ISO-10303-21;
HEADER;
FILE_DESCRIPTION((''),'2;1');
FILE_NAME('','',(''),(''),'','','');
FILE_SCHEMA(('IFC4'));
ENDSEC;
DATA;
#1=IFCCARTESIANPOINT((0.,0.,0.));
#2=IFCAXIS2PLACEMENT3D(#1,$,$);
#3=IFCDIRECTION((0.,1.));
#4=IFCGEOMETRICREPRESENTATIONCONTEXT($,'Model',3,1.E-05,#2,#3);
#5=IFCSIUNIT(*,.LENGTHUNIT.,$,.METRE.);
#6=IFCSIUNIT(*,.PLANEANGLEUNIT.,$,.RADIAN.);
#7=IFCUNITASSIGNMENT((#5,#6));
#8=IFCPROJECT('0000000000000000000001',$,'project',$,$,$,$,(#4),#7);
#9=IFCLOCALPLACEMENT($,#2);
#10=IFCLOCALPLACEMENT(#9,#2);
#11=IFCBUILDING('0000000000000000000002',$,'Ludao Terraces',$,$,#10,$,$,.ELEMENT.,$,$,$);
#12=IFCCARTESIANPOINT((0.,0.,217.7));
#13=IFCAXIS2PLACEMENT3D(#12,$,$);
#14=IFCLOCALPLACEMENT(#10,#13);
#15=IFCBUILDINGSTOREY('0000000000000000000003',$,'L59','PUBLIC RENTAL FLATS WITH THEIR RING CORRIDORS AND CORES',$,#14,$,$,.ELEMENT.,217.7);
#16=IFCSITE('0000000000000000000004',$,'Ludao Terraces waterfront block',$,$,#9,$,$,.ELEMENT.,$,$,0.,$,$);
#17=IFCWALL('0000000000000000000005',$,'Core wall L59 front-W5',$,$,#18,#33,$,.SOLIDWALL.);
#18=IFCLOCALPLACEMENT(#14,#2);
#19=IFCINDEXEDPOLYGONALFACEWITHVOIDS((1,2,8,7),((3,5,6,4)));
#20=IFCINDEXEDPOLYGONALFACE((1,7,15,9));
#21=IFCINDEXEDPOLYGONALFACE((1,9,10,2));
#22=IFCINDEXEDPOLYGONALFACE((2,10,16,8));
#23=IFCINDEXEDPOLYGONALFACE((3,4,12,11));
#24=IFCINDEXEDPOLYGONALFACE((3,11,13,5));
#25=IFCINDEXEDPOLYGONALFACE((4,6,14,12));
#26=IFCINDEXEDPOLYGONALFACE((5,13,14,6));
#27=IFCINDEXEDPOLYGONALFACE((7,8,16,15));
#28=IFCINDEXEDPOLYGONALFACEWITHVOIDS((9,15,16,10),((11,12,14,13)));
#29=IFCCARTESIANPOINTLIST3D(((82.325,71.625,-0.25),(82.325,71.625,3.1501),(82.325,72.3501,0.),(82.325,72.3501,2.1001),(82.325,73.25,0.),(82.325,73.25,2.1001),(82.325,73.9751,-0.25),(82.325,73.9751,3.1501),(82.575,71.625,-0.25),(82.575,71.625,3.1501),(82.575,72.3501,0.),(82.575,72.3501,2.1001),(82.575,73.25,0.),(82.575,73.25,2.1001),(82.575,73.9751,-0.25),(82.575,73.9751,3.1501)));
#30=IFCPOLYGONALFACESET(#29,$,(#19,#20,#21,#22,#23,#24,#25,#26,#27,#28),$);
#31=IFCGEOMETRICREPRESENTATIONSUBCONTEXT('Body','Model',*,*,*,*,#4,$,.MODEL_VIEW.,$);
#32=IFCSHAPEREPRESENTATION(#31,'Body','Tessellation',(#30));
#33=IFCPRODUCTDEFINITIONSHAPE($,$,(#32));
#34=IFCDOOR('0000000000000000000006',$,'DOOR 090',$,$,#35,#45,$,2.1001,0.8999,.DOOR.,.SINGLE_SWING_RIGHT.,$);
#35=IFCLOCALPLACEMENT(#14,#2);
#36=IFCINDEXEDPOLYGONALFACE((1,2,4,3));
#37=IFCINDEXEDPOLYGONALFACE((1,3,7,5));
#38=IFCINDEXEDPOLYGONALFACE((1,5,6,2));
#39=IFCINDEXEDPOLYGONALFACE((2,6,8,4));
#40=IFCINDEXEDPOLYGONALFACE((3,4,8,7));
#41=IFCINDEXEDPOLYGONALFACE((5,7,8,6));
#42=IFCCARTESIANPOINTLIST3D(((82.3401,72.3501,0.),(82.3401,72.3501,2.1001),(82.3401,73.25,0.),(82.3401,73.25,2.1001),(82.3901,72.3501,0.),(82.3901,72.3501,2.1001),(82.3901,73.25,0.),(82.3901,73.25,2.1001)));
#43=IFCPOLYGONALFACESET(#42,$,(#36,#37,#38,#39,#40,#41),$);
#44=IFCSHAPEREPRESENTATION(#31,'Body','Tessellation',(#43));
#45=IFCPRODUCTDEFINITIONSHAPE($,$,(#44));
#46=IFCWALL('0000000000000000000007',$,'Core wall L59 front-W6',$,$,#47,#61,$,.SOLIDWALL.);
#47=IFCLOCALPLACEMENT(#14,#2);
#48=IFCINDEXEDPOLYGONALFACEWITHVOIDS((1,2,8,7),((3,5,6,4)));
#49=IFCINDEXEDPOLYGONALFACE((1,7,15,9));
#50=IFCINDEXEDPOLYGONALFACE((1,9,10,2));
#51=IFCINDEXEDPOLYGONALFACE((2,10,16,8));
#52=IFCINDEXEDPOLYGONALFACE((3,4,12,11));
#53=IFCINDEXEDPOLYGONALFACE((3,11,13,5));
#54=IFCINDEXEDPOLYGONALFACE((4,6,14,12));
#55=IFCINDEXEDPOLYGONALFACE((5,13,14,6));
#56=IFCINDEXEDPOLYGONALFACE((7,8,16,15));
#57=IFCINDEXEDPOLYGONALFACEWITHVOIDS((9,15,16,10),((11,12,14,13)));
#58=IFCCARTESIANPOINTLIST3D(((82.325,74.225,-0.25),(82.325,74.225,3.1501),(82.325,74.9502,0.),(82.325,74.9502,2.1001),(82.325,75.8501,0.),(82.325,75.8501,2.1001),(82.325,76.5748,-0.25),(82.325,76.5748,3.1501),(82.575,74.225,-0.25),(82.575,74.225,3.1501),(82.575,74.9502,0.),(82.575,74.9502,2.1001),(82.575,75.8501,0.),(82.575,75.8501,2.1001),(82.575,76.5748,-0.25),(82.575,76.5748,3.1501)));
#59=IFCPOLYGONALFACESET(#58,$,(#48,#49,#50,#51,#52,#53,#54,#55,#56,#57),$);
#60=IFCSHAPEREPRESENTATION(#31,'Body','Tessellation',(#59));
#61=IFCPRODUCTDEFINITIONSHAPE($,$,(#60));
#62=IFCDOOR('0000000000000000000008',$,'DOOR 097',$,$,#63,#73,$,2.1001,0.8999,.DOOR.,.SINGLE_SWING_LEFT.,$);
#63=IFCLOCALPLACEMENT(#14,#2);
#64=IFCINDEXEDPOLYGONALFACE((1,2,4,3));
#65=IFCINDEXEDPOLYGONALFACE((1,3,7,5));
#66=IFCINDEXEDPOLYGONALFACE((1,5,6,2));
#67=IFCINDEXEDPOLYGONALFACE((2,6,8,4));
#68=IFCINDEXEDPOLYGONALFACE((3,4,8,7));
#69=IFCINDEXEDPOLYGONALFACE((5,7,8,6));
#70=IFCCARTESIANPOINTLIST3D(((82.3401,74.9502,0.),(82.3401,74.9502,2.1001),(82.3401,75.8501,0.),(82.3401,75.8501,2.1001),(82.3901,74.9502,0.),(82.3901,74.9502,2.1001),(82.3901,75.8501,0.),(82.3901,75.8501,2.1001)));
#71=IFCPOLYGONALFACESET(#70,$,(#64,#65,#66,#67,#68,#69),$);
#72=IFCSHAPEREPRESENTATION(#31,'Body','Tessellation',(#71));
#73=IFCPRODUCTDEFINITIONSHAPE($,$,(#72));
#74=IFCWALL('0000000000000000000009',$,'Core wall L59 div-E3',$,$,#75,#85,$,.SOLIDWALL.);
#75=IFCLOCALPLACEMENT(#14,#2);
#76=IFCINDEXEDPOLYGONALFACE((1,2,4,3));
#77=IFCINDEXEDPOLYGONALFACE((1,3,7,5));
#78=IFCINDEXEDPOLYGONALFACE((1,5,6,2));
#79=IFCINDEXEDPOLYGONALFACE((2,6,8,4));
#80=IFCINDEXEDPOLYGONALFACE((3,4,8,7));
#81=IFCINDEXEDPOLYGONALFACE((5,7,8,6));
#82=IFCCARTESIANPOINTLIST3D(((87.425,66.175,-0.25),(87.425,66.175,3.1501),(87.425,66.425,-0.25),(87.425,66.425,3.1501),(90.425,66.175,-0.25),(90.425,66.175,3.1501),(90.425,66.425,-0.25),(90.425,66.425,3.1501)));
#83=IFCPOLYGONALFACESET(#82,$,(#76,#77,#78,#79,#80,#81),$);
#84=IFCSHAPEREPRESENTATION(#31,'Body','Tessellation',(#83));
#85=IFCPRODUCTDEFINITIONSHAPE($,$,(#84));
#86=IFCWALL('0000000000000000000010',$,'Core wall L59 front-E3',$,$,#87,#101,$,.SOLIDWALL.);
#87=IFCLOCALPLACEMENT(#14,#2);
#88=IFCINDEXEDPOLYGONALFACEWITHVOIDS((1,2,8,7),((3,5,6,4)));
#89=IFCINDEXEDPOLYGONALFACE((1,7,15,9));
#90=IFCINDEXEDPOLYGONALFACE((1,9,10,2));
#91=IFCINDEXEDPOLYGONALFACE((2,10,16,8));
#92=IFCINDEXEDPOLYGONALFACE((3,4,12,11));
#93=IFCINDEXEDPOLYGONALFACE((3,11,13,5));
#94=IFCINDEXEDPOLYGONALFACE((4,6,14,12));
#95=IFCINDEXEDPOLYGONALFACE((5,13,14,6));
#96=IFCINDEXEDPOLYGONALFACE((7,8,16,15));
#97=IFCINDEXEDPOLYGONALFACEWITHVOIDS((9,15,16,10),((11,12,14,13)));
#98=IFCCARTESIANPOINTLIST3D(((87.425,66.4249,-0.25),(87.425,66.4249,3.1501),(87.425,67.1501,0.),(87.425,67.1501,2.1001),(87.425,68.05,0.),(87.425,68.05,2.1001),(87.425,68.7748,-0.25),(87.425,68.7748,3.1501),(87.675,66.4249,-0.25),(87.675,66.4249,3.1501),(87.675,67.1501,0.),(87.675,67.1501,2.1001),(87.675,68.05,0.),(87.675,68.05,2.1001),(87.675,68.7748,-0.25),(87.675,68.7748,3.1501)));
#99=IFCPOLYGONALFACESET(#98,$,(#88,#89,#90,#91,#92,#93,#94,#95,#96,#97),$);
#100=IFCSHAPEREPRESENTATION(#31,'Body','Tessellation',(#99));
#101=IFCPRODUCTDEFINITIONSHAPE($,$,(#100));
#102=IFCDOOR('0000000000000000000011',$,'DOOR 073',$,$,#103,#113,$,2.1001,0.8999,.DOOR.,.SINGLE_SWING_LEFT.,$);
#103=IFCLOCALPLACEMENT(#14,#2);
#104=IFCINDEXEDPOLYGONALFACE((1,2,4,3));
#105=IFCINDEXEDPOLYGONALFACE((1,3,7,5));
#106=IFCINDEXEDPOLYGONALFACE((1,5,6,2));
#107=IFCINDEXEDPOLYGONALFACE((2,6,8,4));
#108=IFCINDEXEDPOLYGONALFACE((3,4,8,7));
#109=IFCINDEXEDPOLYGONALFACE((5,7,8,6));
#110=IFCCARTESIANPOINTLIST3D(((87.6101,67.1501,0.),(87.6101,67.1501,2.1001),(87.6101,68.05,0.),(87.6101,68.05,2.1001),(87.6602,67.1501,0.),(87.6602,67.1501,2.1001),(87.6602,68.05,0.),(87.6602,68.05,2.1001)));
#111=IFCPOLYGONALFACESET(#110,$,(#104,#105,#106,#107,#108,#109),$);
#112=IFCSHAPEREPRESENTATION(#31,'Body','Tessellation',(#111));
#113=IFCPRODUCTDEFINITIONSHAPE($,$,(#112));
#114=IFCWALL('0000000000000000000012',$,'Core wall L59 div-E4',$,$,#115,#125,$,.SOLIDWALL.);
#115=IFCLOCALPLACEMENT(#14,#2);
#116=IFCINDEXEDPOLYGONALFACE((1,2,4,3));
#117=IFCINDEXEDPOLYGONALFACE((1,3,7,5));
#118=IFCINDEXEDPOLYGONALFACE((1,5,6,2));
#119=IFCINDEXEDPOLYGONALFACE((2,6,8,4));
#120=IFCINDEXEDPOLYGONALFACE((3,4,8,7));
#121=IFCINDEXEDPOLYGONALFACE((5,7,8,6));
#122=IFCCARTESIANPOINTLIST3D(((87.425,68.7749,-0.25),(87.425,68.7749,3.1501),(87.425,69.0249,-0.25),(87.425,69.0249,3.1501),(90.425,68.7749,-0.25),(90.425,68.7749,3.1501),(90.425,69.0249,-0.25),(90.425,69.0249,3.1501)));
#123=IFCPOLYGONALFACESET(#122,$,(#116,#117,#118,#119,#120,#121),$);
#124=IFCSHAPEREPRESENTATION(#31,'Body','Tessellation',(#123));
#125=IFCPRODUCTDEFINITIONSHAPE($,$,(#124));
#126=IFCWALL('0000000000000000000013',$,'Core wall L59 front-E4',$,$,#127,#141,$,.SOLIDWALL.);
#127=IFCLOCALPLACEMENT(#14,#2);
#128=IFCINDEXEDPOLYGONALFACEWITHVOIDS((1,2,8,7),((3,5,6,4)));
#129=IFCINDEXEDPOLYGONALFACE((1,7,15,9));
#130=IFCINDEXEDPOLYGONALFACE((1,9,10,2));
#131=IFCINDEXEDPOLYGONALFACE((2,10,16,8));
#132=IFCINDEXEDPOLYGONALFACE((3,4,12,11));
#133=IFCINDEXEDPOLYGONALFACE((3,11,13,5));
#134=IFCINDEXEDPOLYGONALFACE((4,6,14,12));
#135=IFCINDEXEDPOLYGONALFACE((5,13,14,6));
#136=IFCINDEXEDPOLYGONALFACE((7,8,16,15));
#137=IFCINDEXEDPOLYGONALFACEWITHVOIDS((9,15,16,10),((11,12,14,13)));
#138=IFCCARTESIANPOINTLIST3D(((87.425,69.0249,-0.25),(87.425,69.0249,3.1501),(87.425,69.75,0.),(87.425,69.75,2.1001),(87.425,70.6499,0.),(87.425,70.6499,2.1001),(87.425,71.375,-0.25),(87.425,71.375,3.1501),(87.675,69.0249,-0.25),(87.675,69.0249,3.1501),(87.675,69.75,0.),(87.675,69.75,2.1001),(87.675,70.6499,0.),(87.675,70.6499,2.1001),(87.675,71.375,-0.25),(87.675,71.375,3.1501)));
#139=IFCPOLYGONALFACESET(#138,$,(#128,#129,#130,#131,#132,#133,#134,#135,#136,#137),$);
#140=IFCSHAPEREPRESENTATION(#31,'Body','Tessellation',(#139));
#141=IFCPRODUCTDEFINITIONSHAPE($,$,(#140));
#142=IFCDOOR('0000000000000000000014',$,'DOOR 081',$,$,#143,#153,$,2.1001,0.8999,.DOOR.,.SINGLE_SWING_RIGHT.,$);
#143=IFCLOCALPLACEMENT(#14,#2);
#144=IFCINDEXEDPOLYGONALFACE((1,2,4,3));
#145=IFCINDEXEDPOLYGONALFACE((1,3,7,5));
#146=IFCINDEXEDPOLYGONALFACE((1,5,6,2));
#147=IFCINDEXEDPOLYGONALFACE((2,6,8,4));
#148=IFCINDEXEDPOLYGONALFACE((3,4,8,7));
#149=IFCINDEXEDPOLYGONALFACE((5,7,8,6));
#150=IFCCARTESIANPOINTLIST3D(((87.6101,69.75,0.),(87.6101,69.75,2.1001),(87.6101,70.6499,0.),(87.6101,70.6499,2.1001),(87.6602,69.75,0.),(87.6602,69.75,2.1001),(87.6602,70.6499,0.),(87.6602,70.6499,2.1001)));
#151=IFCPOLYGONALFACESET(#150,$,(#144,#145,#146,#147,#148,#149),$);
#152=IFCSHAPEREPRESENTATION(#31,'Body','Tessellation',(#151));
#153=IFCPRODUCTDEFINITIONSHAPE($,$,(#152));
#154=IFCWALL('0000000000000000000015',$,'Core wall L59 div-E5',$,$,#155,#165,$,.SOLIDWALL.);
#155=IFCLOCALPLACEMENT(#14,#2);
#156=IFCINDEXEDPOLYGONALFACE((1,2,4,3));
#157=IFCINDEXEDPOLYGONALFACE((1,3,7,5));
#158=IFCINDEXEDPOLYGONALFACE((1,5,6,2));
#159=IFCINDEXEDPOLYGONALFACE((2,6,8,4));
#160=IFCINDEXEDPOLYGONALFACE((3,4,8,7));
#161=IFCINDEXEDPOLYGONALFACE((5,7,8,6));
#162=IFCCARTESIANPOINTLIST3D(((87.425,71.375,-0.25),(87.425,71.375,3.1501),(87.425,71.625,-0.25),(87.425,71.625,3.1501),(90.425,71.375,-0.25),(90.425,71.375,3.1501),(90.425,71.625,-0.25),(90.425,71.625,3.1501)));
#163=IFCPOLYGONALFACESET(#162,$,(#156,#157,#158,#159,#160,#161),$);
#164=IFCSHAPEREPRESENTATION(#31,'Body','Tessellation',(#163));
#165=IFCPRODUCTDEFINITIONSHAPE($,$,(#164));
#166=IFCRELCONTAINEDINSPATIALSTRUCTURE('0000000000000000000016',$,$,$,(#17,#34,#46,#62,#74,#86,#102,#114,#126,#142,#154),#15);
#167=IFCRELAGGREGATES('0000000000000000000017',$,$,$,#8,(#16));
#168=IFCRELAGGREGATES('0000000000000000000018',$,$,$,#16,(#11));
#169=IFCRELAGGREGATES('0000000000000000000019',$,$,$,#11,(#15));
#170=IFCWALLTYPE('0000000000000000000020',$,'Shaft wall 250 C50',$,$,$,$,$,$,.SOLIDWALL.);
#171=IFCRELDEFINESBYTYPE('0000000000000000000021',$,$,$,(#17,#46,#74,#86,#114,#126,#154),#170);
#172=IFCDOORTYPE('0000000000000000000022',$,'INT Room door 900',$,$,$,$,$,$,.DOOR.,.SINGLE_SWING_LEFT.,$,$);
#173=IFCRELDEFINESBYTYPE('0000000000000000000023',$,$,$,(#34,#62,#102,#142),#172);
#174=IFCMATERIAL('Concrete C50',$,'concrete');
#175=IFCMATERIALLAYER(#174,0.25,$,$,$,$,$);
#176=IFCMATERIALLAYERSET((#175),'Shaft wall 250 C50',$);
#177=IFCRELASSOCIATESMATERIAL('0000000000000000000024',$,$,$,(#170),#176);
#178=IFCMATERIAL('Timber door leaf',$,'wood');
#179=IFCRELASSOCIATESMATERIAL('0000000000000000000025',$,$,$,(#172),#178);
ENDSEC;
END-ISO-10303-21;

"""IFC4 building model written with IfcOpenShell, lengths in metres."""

from ifc_helpers import new_model, si_unit, direction, frame, frame_2d, origin, place, context, subcontext, project, spatial, rectangle, extrude, material, layer, layer_set, type_object, element, fill, save


model = new_model("IFC4")

# Units and contexts
model_context = context("Model", 3, precision=1e-05, world=origin(), true_north=direction((0.0, 1.0)))
body_context = subcontext(model_context, "Body", "Model", "MODEL_VIEW")
ifc_project = project(units=[si_unit("LENGTHUNIT", "METRE"), si_unit("PLANEANGLEUNIT", "RADIAN")], contexts=[model_context])

# Site, building, storey
site_placement = place(None, origin())
site = spatial("IfcSite", under=ifc_project, at=site_placement, Name="Ludao Terraces waterfront block", CompositionType="ELEMENT", RefElevation=0.0)
building_placement = place(site_placement, origin())
building = spatial("IfcBuilding", under=site, at=building_placement, Name="Ludao Terraces", CompositionType="ELEMENT")
storey_placement = place(building_placement, frame((0.0, 0.0, 217.7)))
storey = spatial("IfcBuildingStorey", under=building, at=storey_placement, Name="L59", Description="PUBLIC RENTAL FLATS WITH THEIR RING CORRIDORS AND CORES", CompositionType="ELEMENT", Elevation=217.7)

# Walls, openings, doors
ifc_material_1 = material(Name="Concrete C50", Category="concrete")
ifc_layer_1 = layer(ifc_material_1, 0.25)
ifc_layer_set_1 = layer_set([ifc_layer_1], Name="Shaft wall 250 C50")
wall_type_1 = type_object("IfcWallType", Name="Shaft wall 250 C50", PredefinedType="SOLIDWALL", material=ifc_layer_set_1)
wall_1_placement = place(storey_placement, frame((82.45, 71.625, -0.25), z_axis=(0.0, 0.0, 1.0), x_axis=(0.0, 1.0, 0.0)))
wall_1 = element("IfcWall", 1, at=wall_1_placement, inside=storey, type_object=wall_type_1, Name="Core wall L59 front-W5", PredefinedType="SOLIDWALL", context=body_context, shape_type="SweptSolid", body=[
    extrude(rectangle(XDim=2.3501, YDim=0.25, at=frame_2d((1.175, 0.0))), origin(), (0.0, 0.0, 1.0), 3.4001),
])
opening_1_placement = place(wall_1_placement, frame((0.7251, 0.0, 0.25)))
opening_1 = element("IfcOpeningElement", 2, at=opening_1_placement, cuts=wall_1, PredefinedType="OPENING", context=body_context, shape_type="SweptSolid", body=[
    extrude(rectangle(XDim=0.8999, YDim=2.1001, at=frame_2d((0.45, 1.05))), frame((0.0, 0.135, 0.0), z_axis=(0.0, -1.0, 0.0), x_axis=(1.0, 0.0, 0.0)), (0.0, 0.0, 1.0), 0.27),
])
ifc_material_2 = material(Name="Timber door leaf", Category="wood")
door_type_1 = type_object("IfcDoorType", Name="INT Room door 900", OperationType="SINGLE_SWING_LEFT", PredefinedType="DOOR", material=ifc_material_2)
door_1_placement = place(opening_1_placement, origin())
door_1 = element("IfcDoor", 3, at=door_1_placement, inside=storey, type_object=door_type_1, Name="DOOR 090", OperationType="SINGLE_SWING_RIGHT", OverallHeight=2.1001, OverallWidth=0.8999, PredefinedType="DOOR", context=body_context, shape_type="SweptSolid", body=[
    extrude(rectangle(XDim=0.8999, YDim=2.1001, at=frame_2d((0.45, 1.05))), frame((0.0, 0.1099, 0.0), z_axis=(0.0, -1.0, 0.0), x_axis=(1.0, 0.0, 0.0)), (0.0, 0.0, 1.0), 0.05),
])
fill(opening_1, door_1)
wall_2_placement = place(storey_placement, frame((82.45, 74.2251, -0.25), z_axis=(0.0, 0.0, 1.0), x_axis=(0.0, 1.0, 0.0)))
wall_2 = element("IfcWall", 4, at=wall_2_placement, inside=storey, type_object=wall_type_1, Name="Core wall L59 front-W6", PredefinedType="SOLIDWALL", context=body_context, shape_type="SweptSolid", body=[
    extrude(rectangle(XDim=2.3499, YDim=0.25, at=frame_2d((1.1748, 0.0))), origin(), (0.0, 0.0, 1.0), 3.4001),
])
opening_2_placement = place(wall_2_placement, frame((0.7251, 0.0, 0.25)))
opening_2 = element("IfcOpeningElement", 5, at=opening_2_placement, cuts=wall_2, PredefinedType="OPENING", context=body_context, shape_type="SweptSolid", body=[
    extrude(rectangle(XDim=0.8999, YDim=2.1001, at=frame_2d((0.45, 1.05))), frame((0.0, 0.135, 0.0), z_axis=(0.0, -1.0, 0.0), x_axis=(1.0, 0.0, 0.0)), (0.0, 0.0, 1.0), 0.27),
])
door_2_placement = place(opening_2_placement, origin())
door_2 = element("IfcDoor", 6, at=door_2_placement, inside=storey, type_object=door_type_1, Name="DOOR 097", OperationType="SINGLE_SWING_LEFT", OverallHeight=2.1001, OverallWidth=0.8999, PredefinedType="DOOR", context=body_context, shape_type="SweptSolid", body=[
    extrude(rectangle(XDim=0.8999, YDim=2.1001, at=frame_2d((0.45, 1.05))), frame((0.0, 0.1099, 0.0), z_axis=(0.0, -1.0, 0.0), x_axis=(1.0, 0.0, 0.0)), (0.0, 0.0, 1.0), 0.05),
])
fill(opening_2, door_2)

# Wall
wall_3_placement = place(storey_placement, frame((87.425, 66.3, -0.25), z_axis=(0.0, 0.0, 1.0), x_axis=(1.0, 0.0, 0.0)))
element("IfcWall", 7, at=wall_3_placement, inside=storey, type_object=wall_type_1, Name="Core wall L59 div-E3", PredefinedType="SOLIDWALL", context=body_context, shape_type="SweptSolid", body=[
    extrude(rectangle(XDim=3.0, YDim=0.25, at=frame_2d((1.5, 0.0))), origin(), (0.0, 0.0, 1.0), 3.4001),
])

# Wall, opening, door
wall_4_placement = place(storey_placement, frame((87.55, 66.425, -0.25), z_axis=(0.0, 0.0, 1.0), x_axis=(0.0, 1.0, 0.0)))
wall_4 = element("IfcWall", 8, at=wall_4_placement, inside=storey, type_object=wall_type_1, Name="Core wall L59 front-E3", PredefinedType="SOLIDWALL", context=body_context, shape_type="SweptSolid", body=[
    extrude(rectangle(XDim=2.3499, YDim=0.25, at=frame_2d((1.1748, 0.0))), origin(), (0.0, 0.0, 1.0), 3.4001),
])
opening_3_placement = place(wall_4_placement, frame((0.7251, 0.0, 0.25)))
opening_3 = element("IfcOpeningElement", 9, at=opening_3_placement, cuts=wall_4, PredefinedType="OPENING", context=body_context, shape_type="SweptSolid", body=[
    extrude(rectangle(XDim=0.8999, YDim=2.1001, at=frame_2d((0.45, 1.05))), frame((0.0, 0.135, 0.0), z_axis=(0.0, -1.0, 0.0), x_axis=(1.0, 0.0, 0.0)), (0.0, 0.0, 1.0), 0.27),
])
door_3_placement = place(opening_3_placement, origin())
door_3 = element("IfcDoor", 10, at=door_3_placement, inside=storey, type_object=door_type_1, Name="DOOR 073", OperationType="SINGLE_SWING_LEFT", OverallHeight=2.1001, OverallWidth=0.8999, PredefinedType="DOOR", context=body_context, shape_type="SweptSolid", body=[
    extrude(rectangle(XDim=0.8999, YDim=2.1001, at=frame_2d((0.45, 1.05))), frame((0.0, -0.0601, 0.0), z_axis=(0.0, -1.0, 0.0), x_axis=(1.0, 0.0, 0.0)), (0.0, 0.0, 1.0), 0.05),
])
fill(opening_3, door_3)

# Wall
wall_5_placement = place(storey_placement, frame((87.425, 68.8999, -0.25), z_axis=(0.0, 0.0, 1.0), x_axis=(1.0, 0.0, 0.0)))
element("IfcWall", 11, at=wall_5_placement, inside=storey, type_object=wall_type_1, Name="Core wall L59 div-E4", PredefinedType="SOLIDWALL", context=body_context, shape_type="SweptSolid", body=[
    extrude(rectangle(XDim=3.0, YDim=0.25, at=frame_2d((1.5, 0.0))), origin(), (0.0, 0.0, 1.0), 3.4001),
])

# Wall, opening, door
wall_6_placement = place(storey_placement, frame((87.55, 69.0249, -0.25), z_axis=(0.0, 0.0, 1.0), x_axis=(0.0, 1.0, 0.0)))
wall_6 = element("IfcWall", 12, at=wall_6_placement, inside=storey, type_object=wall_type_1, Name="Core wall L59 front-E4", PredefinedType="SOLIDWALL", context=body_context, shape_type="SweptSolid", body=[
    extrude(rectangle(XDim=2.3501, YDim=0.25, at=frame_2d((1.175, 0.0))), origin(), (0.0, 0.0, 1.0), 3.4001),
])
opening_4_placement = place(wall_6_placement, frame((0.7251, 0.0, 0.25)))
opening_4 = element("IfcOpeningElement", 13, at=opening_4_placement, cuts=wall_6, PredefinedType="OPENING", context=body_context, shape_type="SweptSolid", body=[
    extrude(rectangle(XDim=0.8999, YDim=2.1001, at=frame_2d((0.45, 1.05))), frame((0.0, 0.135, 0.0), z_axis=(0.0, -1.0, 0.0), x_axis=(1.0, 0.0, 0.0)), (0.0, 0.0, 1.0), 0.27),
])
door_4_placement = place(opening_4_placement, origin())
door_4 = element("IfcDoor", 14, at=door_4_placement, inside=storey, type_object=door_type_1, Name="DOOR 081", OperationType="SINGLE_SWING_RIGHT", OverallHeight=2.1001, OverallWidth=0.8999, PredefinedType="DOOR", context=body_context, shape_type="SweptSolid", body=[
    extrude(rectangle(XDim=0.8999, YDim=2.1001, at=frame_2d((0.45, 1.05))), frame((0.0, -0.0601, 0.0), z_axis=(0.0, -1.0, 0.0), x_axis=(1.0, 0.0, 0.0)), (0.0, 0.0, 1.0), 0.05),
])
fill(opening_4, door_4)

# Wall
wall_7_placement = place(storey_placement, frame((87.425, 71.5, -0.25), z_axis=(0.0, 0.0, 1.0), x_axis=(1.0, 0.0, 0.0)))
element("IfcWall", 15, at=wall_7_placement, inside=storey, type_object=wall_type_1, Name="Core wall L59 div-E5", PredefinedType="SOLIDWALL", context=body_context, shape_type="SweptSolid", body=[
    extrude(rectangle(XDim=3.0, YDim=0.25, at=frame_2d((1.5, 0.0))), origin(), (0.0, 0.0, 1.0), 3.4001),
])

save(model, "model.ifc")
